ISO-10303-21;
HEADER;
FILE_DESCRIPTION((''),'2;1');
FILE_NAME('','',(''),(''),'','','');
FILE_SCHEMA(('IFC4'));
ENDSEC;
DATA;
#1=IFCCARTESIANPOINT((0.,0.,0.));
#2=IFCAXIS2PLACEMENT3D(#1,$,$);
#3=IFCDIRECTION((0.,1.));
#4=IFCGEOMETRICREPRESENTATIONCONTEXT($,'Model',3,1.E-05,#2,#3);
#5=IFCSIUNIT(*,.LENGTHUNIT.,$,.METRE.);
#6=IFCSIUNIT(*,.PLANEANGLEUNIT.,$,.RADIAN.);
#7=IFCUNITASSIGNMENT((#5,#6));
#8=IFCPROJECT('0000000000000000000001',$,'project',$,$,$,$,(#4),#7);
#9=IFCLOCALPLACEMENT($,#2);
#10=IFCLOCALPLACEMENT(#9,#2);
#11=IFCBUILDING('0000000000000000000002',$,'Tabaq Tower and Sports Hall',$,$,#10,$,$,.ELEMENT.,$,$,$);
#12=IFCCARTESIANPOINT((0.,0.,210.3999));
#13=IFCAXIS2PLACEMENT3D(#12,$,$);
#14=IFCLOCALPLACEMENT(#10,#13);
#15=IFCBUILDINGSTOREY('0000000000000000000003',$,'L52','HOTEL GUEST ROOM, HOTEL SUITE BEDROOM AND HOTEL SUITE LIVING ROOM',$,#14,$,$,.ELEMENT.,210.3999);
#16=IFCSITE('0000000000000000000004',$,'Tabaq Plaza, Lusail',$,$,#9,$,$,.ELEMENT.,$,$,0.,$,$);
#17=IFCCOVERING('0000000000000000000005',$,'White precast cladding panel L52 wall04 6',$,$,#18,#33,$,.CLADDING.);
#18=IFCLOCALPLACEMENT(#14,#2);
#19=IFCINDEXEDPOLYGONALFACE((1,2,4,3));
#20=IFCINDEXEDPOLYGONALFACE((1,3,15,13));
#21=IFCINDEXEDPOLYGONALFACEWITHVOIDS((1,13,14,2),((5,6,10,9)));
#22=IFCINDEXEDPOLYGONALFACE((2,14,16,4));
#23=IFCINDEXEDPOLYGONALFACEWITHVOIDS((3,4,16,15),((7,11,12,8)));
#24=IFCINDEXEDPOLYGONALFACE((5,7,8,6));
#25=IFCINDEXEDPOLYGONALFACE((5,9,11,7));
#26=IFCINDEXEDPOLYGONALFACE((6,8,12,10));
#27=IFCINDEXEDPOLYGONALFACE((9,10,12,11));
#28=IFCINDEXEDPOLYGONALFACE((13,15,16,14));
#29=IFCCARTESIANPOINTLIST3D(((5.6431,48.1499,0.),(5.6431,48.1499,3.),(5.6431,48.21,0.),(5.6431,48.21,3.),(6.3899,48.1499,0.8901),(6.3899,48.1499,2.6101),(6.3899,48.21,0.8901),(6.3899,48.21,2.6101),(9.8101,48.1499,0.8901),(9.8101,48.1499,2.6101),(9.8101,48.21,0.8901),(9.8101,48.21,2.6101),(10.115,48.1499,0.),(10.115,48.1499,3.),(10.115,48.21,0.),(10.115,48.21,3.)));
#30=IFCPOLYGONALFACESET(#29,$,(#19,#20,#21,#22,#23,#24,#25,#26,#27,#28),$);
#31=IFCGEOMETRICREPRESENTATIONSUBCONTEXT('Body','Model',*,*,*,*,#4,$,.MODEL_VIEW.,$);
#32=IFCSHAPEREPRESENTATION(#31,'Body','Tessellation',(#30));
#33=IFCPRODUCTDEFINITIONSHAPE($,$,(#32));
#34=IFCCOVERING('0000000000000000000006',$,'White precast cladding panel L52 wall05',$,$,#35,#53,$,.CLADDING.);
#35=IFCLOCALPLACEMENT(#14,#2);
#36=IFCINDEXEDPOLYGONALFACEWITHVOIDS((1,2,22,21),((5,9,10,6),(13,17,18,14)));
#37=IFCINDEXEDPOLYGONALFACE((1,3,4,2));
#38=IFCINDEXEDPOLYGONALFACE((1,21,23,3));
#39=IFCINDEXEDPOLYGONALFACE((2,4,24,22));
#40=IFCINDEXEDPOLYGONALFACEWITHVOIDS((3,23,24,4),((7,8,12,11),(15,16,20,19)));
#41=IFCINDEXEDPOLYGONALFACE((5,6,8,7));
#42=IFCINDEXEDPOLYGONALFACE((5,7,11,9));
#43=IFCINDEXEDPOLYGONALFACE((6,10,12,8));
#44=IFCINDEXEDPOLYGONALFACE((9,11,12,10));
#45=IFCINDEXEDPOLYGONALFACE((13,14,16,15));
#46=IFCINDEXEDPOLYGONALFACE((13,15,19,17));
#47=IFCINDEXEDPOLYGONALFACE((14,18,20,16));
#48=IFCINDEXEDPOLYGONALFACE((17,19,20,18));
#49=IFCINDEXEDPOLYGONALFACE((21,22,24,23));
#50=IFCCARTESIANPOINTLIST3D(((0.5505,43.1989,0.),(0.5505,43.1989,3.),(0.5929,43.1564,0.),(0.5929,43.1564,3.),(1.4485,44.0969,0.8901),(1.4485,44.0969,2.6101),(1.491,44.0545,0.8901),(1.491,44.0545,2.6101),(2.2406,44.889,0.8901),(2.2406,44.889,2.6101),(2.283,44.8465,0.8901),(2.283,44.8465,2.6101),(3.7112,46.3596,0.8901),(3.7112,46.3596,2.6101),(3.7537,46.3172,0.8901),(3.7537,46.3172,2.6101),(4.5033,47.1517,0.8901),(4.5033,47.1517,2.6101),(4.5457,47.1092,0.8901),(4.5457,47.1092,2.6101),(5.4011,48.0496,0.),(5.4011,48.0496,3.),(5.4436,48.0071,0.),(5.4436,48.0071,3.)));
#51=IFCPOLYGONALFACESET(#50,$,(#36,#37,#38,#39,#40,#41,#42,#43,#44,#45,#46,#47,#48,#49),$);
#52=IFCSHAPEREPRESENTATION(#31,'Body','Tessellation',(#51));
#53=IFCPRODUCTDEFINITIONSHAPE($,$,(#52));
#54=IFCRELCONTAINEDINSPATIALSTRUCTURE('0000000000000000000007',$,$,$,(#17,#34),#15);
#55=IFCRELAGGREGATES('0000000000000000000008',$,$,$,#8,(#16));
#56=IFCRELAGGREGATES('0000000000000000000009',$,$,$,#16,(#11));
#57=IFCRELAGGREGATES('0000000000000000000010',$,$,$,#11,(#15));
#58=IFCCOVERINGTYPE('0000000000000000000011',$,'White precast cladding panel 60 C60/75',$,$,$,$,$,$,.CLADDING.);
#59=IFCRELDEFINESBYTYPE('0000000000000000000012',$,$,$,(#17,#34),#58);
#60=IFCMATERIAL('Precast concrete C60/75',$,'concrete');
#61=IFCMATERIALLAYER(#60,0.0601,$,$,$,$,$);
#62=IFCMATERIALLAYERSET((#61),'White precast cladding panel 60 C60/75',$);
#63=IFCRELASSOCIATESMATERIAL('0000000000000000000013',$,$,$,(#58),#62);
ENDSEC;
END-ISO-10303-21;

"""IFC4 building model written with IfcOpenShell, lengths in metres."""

from ifc_helpers import new_model, si_unit, direction, frame, origin, place, context, subcontext, project, spatial, polyline, outline, extrude, material, layer, layer_set, type_object, element, save


model = new_model("IFC4")

# Units and contexts
model_context = context("Model", 3, precision=1e-05, world=origin(), true_north=direction((0.0, 1.0)))
body_context = subcontext(model_context, "Body", "Model", "MODEL_VIEW")
ifc_project = project(units=[si_unit("LENGTHUNIT", "METRE"), si_unit("PLANEANGLEUNIT", "RADIAN")], contexts=[model_context])

# Site, building, storey
site_placement = place(None, origin())
site = spatial("IfcSite", under=ifc_project, at=site_placement, Name="Tabaq Plaza, Lusail", CompositionType="ELEMENT", RefElevation=0.0)
building_placement = place(site_placement, origin())
building = spatial("IfcBuilding", under=site, at=building_placement, Name="Tabaq Tower and Sports Hall", CompositionType="ELEMENT")
storey_placement = place(building_placement, frame((0.0, 0.0, 210.3999)))
storey = spatial("IfcBuildingStorey", under=building, at=storey_placement, Name="L52", Description="HOTEL GUEST ROOM, HOTEL SUITE BEDROOM AND HOTEL SUITE LIVING ROOM", CompositionType="ELEMENT", Elevation=210.3999)

# Coverings
ifc_material_1 = material(Name="Precast concrete C60/75", Category="concrete")
ifc_layer_1 = layer(ifc_material_1, 0.0601)
ifc_layer_set_1 = layer_set([ifc_layer_1], Name="White precast cladding panel 60 C60/75")
covering_type_1 = type_object("IfcCoveringType", Name="White precast cladding panel 60 C60/75", PredefinedType="CLADDING", material=ifc_layer_set_1)
covering_1_placement = place(storey_placement, frame((10.115, 48.1799, 0.0), z_axis=(0.0, 0.0, 1.0), x_axis=(-1.0, 0.0, 0.0)))
element("IfcCovering", 1, at=covering_1_placement, inside=storey, type_object=covering_type_1, Name="White precast cladding panel L52 wall04 6", PredefinedType="CLADDING", context=body_context, shape_type="SweptSolid", body=[
    extrude(outline(polyline([(0.0, 0.0), (4.4719, 0.0), (4.4719, 3.0), (0.0, 3.0), (0.0, 0.0)]), holes=[polyline([(0.3049, 0.8901), (0.3049, 2.6101), (3.7251, 2.6101), (3.7251, 0.8901), (0.3049, 0.8901)])]), frame((0.0, 0.03, 0.0), z_axis=(0.0, -1.0, 0.0), x_axis=(1.0, 0.0, 0.0)), (0.0, 0.0, 1.0), 0.0601),
])
covering_2_placement = place(storey_placement, frame((5.4224, 48.0283, 0.0), z_axis=(0.0, 0.0, 1.0), x_axis=(-0.707107, -0.707107, 0.0)))
element("IfcCovering", 2, at=covering_2_placement, inside=storey, type_object=covering_type_1, Name="White precast cladding panel L52 wall05", PredefinedType="CLADDING", context=body_context, shape_type="SweptSolid", body=[
    extrude(outline(polyline([(0.0, 0.0), (6.8599, 0.0), (6.8599, 3.0), (0.0, 3.0), (0.0, 0.0)]), holes=[polyline([(1.2698, 2.6101), (2.3899, 2.6101), (2.3899, 0.8901), (1.2698, 0.8901), (1.2698, 2.6101)]), polyline([(4.4697, 2.6101), (5.5898, 2.6101), (5.5898, 0.8901), (4.4697, 0.8901), (4.4697, 2.6101)])]), frame((0.0, 0.03, 0.0), z_axis=(0.0, -1.0, 0.0), x_axis=(1.0, 0.0, 0.0)), (0.0, 0.0, 1.0), 0.0601),
])

save(model, "model.ifc")
